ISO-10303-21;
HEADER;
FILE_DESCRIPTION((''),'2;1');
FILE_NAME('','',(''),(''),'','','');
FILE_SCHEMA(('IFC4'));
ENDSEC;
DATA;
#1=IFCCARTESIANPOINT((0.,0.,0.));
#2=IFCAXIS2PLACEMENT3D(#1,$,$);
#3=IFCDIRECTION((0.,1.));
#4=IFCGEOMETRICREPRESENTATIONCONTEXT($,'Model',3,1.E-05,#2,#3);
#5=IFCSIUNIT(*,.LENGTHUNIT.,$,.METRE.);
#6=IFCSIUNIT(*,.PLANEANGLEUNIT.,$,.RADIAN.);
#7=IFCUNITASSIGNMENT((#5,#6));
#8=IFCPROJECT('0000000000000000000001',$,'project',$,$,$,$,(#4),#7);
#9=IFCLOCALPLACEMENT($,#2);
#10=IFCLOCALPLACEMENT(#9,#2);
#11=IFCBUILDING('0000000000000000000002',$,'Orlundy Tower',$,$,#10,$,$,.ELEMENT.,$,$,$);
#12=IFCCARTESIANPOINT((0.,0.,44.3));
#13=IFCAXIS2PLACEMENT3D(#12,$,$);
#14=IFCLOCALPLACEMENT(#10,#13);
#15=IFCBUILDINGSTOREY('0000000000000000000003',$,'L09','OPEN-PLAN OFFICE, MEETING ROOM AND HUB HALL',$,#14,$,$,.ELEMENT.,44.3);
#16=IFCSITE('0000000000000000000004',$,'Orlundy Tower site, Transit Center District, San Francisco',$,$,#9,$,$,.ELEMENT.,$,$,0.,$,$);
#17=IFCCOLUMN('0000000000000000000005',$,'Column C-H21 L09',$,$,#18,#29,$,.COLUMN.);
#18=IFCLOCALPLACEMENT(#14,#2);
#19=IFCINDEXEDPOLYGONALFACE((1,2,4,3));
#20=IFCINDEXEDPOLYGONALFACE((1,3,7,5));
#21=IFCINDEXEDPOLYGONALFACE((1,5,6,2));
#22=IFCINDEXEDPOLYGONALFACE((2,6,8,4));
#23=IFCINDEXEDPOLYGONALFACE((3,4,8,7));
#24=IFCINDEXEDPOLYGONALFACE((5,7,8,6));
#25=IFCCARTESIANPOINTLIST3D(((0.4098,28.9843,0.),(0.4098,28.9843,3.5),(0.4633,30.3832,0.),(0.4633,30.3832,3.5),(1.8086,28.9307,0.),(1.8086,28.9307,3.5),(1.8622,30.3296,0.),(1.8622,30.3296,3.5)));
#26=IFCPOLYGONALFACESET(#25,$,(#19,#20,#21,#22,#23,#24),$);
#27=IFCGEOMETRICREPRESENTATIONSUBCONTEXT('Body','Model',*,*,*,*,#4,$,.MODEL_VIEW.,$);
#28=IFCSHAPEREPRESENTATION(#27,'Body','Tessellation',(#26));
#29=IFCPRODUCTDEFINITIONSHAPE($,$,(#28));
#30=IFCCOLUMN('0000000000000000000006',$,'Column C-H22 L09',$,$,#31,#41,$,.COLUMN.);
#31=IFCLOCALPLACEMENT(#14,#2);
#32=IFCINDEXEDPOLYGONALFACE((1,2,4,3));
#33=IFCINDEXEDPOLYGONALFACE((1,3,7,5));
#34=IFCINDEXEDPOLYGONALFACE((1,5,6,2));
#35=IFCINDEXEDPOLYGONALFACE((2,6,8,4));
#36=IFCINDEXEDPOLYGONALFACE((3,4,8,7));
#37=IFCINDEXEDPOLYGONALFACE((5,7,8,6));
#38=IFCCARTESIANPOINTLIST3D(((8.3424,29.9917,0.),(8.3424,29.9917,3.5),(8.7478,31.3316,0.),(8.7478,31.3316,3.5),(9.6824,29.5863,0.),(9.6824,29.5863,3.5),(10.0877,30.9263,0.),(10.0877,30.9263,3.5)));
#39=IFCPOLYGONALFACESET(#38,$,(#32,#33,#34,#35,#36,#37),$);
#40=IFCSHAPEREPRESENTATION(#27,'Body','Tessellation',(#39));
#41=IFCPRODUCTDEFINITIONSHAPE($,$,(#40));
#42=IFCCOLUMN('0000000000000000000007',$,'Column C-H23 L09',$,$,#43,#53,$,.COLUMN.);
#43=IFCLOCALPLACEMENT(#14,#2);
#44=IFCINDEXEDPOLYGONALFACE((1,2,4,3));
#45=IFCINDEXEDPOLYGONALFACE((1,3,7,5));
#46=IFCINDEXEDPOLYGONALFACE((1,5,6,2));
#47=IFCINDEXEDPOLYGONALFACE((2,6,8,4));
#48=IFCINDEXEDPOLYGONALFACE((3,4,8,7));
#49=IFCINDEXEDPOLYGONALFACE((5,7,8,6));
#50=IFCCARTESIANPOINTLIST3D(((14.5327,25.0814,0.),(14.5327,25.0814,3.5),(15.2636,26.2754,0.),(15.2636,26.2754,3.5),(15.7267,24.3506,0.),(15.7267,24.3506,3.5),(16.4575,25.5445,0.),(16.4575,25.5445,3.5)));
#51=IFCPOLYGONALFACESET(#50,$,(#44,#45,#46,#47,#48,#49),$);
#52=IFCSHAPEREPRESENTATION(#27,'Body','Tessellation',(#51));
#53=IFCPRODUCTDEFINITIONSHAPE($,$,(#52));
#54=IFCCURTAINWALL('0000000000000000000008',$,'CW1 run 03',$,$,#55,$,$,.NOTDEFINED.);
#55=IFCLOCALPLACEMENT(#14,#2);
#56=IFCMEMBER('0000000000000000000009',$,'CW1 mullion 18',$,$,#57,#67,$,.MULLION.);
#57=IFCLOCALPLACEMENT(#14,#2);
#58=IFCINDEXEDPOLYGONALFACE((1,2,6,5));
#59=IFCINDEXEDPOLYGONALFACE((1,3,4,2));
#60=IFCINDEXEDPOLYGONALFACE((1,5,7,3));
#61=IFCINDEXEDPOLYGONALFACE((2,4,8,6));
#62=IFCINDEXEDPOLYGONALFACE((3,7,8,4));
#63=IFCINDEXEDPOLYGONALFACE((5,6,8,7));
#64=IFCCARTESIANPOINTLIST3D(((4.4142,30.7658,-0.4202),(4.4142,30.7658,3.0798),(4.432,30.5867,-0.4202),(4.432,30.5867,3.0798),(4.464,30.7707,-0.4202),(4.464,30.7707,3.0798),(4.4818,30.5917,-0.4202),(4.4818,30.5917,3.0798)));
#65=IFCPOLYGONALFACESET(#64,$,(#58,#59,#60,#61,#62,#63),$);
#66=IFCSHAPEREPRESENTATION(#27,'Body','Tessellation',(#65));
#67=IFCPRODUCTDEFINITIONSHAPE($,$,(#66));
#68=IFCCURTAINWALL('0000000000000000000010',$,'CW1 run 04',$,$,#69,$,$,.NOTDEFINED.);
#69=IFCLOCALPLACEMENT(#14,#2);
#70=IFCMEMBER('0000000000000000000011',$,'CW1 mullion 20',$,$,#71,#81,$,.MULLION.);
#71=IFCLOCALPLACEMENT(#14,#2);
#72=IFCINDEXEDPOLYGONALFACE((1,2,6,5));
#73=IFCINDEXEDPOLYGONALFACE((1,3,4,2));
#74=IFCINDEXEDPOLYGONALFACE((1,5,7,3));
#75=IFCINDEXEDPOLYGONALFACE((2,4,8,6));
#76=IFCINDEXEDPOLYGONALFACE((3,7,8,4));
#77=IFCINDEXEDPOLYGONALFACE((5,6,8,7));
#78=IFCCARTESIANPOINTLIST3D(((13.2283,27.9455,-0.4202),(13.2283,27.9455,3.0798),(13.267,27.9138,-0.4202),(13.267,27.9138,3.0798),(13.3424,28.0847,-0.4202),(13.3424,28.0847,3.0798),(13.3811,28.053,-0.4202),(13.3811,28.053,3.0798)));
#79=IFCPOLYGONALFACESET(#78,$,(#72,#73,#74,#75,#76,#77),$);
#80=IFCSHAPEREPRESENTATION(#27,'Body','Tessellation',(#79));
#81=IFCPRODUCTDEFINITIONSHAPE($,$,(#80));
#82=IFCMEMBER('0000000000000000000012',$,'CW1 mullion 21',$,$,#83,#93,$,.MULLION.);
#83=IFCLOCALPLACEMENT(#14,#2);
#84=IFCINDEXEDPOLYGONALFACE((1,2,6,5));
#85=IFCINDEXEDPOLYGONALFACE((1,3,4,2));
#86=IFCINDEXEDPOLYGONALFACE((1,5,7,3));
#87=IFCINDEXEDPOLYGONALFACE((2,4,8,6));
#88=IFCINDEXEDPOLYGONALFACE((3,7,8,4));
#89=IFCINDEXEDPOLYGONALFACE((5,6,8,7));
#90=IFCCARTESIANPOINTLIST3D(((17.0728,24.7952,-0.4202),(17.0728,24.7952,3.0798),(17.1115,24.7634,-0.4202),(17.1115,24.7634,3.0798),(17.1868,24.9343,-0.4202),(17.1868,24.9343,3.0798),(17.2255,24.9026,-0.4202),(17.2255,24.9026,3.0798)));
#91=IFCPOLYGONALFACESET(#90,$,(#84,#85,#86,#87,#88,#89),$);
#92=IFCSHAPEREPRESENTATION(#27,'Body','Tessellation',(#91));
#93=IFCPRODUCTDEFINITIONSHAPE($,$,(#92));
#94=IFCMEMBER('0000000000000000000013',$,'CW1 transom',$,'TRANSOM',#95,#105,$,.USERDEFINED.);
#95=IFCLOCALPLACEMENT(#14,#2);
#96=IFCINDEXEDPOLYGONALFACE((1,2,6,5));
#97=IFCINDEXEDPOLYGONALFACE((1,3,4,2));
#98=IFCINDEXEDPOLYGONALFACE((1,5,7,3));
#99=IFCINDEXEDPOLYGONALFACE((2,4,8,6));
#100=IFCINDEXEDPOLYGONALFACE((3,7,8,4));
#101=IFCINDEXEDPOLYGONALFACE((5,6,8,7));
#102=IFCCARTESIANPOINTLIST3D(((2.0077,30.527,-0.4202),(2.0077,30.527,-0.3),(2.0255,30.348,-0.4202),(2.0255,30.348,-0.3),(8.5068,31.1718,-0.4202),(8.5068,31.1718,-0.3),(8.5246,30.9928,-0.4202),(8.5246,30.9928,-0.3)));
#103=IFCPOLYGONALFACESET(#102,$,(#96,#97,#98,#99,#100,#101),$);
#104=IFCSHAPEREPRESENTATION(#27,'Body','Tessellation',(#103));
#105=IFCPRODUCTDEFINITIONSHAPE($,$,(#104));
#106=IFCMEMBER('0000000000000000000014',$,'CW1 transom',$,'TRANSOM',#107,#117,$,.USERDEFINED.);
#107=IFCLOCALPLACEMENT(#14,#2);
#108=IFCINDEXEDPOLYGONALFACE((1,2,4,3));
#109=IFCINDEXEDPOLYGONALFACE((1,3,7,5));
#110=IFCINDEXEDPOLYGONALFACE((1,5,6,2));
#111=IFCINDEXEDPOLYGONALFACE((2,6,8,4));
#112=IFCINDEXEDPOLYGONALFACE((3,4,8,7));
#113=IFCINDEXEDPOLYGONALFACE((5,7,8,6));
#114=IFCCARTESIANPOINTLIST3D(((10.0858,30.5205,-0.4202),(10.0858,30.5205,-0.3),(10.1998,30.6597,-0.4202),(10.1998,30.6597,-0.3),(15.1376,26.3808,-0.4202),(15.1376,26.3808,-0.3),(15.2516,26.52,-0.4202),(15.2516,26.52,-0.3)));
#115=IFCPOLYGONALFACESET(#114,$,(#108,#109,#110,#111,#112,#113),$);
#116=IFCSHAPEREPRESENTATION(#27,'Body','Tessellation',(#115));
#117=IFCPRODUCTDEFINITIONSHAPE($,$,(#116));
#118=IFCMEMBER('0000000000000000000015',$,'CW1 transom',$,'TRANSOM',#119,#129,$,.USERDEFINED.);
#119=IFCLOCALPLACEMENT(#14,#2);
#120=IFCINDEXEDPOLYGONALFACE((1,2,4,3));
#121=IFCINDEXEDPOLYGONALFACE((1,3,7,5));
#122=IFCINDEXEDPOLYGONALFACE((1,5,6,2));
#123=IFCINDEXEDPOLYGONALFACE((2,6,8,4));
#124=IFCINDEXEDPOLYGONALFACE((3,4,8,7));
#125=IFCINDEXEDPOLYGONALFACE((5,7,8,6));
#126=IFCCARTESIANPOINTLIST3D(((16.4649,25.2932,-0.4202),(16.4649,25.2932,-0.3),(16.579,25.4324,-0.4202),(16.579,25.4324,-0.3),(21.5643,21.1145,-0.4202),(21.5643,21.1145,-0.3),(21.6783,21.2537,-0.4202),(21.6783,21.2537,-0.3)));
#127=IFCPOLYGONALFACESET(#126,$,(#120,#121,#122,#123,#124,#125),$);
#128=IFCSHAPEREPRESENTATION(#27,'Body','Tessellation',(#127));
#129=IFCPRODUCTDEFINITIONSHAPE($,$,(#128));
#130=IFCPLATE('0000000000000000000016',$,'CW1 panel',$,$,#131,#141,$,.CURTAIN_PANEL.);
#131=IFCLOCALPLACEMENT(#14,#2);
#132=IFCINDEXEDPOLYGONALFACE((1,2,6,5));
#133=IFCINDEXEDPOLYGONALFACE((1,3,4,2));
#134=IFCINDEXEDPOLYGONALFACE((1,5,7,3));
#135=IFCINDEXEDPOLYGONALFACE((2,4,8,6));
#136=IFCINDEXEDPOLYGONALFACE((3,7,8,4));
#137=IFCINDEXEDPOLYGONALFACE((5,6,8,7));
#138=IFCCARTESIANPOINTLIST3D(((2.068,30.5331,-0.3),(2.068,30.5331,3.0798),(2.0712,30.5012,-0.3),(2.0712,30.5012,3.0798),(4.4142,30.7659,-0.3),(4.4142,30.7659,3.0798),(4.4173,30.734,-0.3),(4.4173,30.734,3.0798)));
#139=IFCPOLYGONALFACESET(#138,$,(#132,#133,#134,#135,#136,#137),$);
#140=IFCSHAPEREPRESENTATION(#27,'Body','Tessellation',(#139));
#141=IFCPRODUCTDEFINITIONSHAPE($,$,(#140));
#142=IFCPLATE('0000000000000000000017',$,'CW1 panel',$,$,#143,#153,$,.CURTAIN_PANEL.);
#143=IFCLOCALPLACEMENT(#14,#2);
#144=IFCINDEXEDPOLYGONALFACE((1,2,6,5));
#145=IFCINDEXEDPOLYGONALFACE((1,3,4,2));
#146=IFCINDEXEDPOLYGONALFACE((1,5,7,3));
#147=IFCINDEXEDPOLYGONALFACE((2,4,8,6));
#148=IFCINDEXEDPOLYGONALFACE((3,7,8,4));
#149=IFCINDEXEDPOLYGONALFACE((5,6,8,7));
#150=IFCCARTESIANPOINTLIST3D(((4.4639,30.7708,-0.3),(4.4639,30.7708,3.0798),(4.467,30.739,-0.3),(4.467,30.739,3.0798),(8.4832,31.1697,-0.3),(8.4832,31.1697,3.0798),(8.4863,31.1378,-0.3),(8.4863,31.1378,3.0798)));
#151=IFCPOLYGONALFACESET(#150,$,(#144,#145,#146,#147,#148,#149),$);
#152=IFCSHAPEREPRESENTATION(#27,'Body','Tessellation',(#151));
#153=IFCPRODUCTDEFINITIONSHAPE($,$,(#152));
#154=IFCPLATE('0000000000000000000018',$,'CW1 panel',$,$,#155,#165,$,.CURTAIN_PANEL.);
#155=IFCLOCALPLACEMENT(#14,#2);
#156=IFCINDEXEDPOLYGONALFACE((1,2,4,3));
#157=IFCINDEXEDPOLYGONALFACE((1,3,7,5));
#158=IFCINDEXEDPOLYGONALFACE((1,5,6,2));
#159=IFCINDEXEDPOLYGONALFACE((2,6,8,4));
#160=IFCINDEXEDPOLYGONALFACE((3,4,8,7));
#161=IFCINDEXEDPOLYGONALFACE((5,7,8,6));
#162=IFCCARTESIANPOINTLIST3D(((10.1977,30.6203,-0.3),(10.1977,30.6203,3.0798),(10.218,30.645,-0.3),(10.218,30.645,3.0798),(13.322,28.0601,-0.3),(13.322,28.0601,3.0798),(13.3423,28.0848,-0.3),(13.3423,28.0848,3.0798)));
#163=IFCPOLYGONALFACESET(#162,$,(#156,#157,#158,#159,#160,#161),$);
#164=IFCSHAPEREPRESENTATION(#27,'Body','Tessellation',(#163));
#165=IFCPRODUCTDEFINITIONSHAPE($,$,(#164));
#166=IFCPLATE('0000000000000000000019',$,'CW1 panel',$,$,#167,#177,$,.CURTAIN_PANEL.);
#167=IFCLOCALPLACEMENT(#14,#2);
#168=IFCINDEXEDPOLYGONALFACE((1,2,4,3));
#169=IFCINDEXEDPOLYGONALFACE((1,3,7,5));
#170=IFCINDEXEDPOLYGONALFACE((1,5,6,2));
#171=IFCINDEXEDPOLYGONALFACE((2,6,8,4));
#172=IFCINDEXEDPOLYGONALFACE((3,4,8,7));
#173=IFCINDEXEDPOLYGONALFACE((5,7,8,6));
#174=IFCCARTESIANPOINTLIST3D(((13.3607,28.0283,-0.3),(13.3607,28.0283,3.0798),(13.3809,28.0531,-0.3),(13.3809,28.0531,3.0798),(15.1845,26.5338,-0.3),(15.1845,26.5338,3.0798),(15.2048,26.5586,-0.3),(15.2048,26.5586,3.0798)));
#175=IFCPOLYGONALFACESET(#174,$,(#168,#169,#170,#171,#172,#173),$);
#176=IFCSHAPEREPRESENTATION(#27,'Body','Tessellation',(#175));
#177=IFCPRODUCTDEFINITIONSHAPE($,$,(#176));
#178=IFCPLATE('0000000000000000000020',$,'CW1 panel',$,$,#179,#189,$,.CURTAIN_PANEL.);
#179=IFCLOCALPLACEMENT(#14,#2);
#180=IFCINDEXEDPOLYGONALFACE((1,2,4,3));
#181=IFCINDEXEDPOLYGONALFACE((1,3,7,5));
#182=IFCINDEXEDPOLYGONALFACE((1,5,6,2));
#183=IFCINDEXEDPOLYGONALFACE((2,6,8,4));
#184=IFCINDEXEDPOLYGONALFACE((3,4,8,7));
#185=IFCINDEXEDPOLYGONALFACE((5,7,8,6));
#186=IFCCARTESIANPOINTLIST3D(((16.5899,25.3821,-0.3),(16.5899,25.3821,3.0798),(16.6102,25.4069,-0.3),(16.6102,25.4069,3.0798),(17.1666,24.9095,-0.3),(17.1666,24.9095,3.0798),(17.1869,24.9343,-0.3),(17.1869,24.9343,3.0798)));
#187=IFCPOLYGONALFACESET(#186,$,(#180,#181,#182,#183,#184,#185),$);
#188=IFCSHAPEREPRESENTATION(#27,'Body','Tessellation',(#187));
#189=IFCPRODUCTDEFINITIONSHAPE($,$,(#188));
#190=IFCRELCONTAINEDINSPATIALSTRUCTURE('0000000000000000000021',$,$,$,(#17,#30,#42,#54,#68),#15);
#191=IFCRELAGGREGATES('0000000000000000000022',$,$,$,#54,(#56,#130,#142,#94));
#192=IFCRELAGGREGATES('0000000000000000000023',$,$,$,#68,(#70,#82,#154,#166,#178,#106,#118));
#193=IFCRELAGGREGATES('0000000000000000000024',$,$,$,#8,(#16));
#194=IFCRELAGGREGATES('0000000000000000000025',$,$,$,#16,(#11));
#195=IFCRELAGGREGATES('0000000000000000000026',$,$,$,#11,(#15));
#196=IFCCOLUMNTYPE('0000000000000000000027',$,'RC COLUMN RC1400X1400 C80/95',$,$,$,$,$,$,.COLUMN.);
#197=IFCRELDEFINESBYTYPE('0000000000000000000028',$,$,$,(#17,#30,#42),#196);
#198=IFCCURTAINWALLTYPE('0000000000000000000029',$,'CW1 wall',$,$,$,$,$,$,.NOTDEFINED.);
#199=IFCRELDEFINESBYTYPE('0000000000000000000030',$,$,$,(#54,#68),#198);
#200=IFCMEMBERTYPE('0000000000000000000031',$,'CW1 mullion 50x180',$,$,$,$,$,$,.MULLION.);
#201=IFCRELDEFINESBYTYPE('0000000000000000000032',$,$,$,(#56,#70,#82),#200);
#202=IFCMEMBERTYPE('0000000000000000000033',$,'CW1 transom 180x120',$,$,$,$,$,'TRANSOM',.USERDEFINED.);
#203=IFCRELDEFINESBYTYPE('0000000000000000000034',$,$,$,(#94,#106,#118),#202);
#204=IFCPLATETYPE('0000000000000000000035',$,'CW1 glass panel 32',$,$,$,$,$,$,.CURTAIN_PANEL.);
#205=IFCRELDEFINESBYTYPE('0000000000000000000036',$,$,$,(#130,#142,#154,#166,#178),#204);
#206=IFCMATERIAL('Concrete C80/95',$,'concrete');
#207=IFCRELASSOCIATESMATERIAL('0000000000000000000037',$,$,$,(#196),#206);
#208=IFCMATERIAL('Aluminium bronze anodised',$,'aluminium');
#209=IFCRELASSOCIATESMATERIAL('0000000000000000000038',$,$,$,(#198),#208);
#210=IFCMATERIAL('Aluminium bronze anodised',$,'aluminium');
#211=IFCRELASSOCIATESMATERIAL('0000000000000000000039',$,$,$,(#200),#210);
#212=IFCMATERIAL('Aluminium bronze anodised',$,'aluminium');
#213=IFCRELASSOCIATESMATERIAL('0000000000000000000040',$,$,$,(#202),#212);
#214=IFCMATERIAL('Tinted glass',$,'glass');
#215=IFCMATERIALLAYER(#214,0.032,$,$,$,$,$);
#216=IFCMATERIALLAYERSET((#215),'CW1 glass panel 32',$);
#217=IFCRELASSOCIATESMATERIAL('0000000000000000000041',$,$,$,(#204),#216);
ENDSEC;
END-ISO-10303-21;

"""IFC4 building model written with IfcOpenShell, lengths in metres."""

from ifc_helpers import new_model, si_unit, direction, frame, origin, origin_2d, place, context, subcontext, project, spatial, rectangle, extrude, material, layer, layer_set, material_profile, profile_set, type_object, element, aggregate, save


model = new_model("IFC4")

# Units and contexts
model_context = context("Model", 3, precision=1e-05, world=origin(), true_north=direction((0.0, 1.0)))
body_context = subcontext(model_context, "Body", "Model", "MODEL_VIEW")
ifc_project = project(units=[si_unit("LENGTHUNIT", "METRE"), si_unit("PLANEANGLEUNIT", "RADIAN")], contexts=[model_context])

# Site, building, storey
site_placement = place(None, origin())
site = spatial("IfcSite", under=ifc_project, at=site_placement, Name="Orlundy Tower site, Transit Center District, San Francisco", CompositionType="ELEMENT", RefElevation=0.0)
building_placement = place(site_placement, origin())
building = spatial("IfcBuilding", under=site, at=building_placement, Name="Orlundy Tower", CompositionType="ELEMENT")
storey_placement = place(building_placement, frame((0.0, 0.0, 44.3)))
storey = spatial("IfcBuildingStorey", under=building, at=storey_placement, Name="L09", Description="OPEN-PLAN OFFICE, MEETING ROOM AND HUB HALL", CompositionType="ELEMENT", Elevation=44.3)

# Columns
ifc_material_1 = material(Name="Concrete C80/95", Category="concrete")
ifc_material_profile_1 = material_profile(ifc_material_1, rectangle(XDim=1.3999, YDim=1.3999, at=origin_2d()), Name="RC1400X1400")
ifc_profile_set_1 = profile_set([ifc_material_profile_1], Name="Concrete C80/95")
column_type = type_object("IfcColumnType", Name="RC COLUMN RC1400X1400 C80/95", PredefinedType="COLUMN", material=ifc_profile_set_1)
for number, where, z_axis, x_axis, name in (
    (1, (1.136, 29.657, 0.0), (0.0, 0.0, 1.0), (0.038283, 0.999267, 0.0), "Column C-H21 L09"),
    (2, (9.2151, 30.459, 0.0), (0.0, 0.0, 1.0), (0.289583, 0.957153, 0.0), "Column C-H22 L09"),
    (3, (15.4951, 25.313, 0.0), (0.0, 0.0, 1.0), (0.522082, 0.852895, 0.0), "Column C-H23 L09"),
):
    element("IfcColumn", number, at=place(storey_placement, frame(where, z_axis=z_axis, x_axis=x_axis)), inside=storey, type_object=column_type, Name=name, PredefinedType="COLUMN", context=body_context, shape_type="SweptSolid", body=[
        extrude(rectangle(XDim=1.3999, YDim=1.3999, at=origin_2d()), origin(), (0.0, 0.0, 1.0), 3.5),
    ])

# Curtain wall, member
ifc_material_2 = material(Name="Aluminium bronze anodised", Category="aluminium")
curtain_wall_type = type_object("IfcCurtainWallType", Name="CW1 wall", PredefinedType="NOTDEFINED", material=ifc_material_2)
curtain_wall_1_placement = place(storey_placement, origin())
curtain_wall_1 = element("IfcCurtainWall", 4, at=curtain_wall_1_placement, inside=storey, type_object=curtain_wall_type, Name="CW1 run 03", PredefinedType="NOTDEFINED")
ifc_material_3 = material(Name="Aluminium bronze anodised", Category="aluminium")
ifc_material_profile_2 = material_profile(ifc_material_3, rectangle(XDim=0.1799, YDim=0.05, at=origin_2d()), Name="CW1 mullion 50x180")
ifc_profile_set_2 = profile_set([ifc_material_profile_2], Name="Aluminium bronze anodised")
member_type_1 = type_object("IfcMemberType", Name="CW1 mullion 50x180", PredefinedType="MULLION", material=ifc_profile_set_2)
member_1_placement = place(storey_placement, frame((4.448, 30.6787, -0.4202), z_axis=(0.0, 0.0, 1.0), x_axis=(-0.098743, 0.995113, 0.0)))
member_1 = element("IfcMember", 5, at=member_1_placement, type_object=member_type_1, Name="CW1 mullion 18", PredefinedType="MULLION", context=body_context, shape_type="SweptSolid", body=[
    extrude(rectangle(XDim=0.1799, YDim=0.05, at=origin_2d()), origin(), (0.0, 0.0, 1.0), 3.5),
])

# Curtain wall, members
curtain_wall_2_placement = place(storey_placement, origin())
curtain_wall_2 = element("IfcCurtainWall", 6, at=curtain_wall_2_placement, inside=storey, type_object=curtain_wall_type, Name="CW1 run 04", PredefinedType="NOTDEFINED")
member_2_placement = place(storey_placement, frame((13.3047, 27.9993, -0.4202), z_axis=(0.0, 0.0, 1.0), x_axis=(0.633818, 0.773482, 0.0)))
member_2 = element("IfcMember", 7, at=member_2_placement, type_object=member_type_1, Name="CW1 mullion 20", PredefinedType="MULLION", context=body_context, shape_type="SweptSolid", body=[
    extrude(rectangle(XDim=0.1799, YDim=0.05, at=origin_2d()), origin(), (0.0, 0.0, 1.0), 3.5),
])
member_3_placement = place(storey_placement, frame((17.1492, 24.8489, -0.4202), z_axis=(0.0, 0.0, 1.0), x_axis=(0.633818, 0.773482, 0.0)))
member_3 = element("IfcMember", 8, at=member_3_placement, type_object=member_type_1, Name="CW1 mullion 21", PredefinedType="MULLION", context=body_context, shape_type="SweptSolid", body=[
    extrude(rectangle(XDim=0.1799, YDim=0.05, at=origin_2d()), origin(), (0.0, 0.0, 1.0), 3.5),
])

# Members
ifc_material_4 = material(Name="Aluminium bronze anodised", Category="aluminium")
ifc_material_profile_3 = material_profile(ifc_material_4, rectangle(XDim=0.1799, YDim=0.1201, at=origin_2d()), Name="CW1 transom 180x120")
ifc_profile_set_3 = profile_set([ifc_material_profile_3], Name="Aluminium bronze anodised")
member_type_2 = type_object("IfcMemberType", Name="CW1 transom 180x120", ElementType="TRANSOM", PredefinedType="USERDEFINED", material=ifc_profile_set_3)
member_4_placement = place(storey_placement, frame((2.0166, 30.4375, -0.3601), z_axis=(0.995115, 0.098726, 0.0), x_axis=(-0.098726, 0.995115, 0.0)))
member_4 = element("IfcMember", 9, at=member_4_placement, type_object=member_type_2, Name="CW1 transom", ObjectType="TRANSOM", PredefinedType="USERDEFINED", context=body_context, shape_type="SweptSolid", body=[
    extrude(rectangle(XDim=0.1799, YDim=0.1201, at=origin_2d()), origin(), (0.0, 0.0, 1.0), 6.531),
])
member_5_placement = place(storey_placement, frame((10.1428, 30.5901, -0.3601), z_axis=(0.773477, -0.633824, 0.0), x_axis=(0.633824, 0.773477, 0.0)))
member_5 = element("IfcMember", 10, at=member_5_placement, type_object=member_type_2, Name="CW1 transom", ObjectType="TRANSOM", PredefinedType="USERDEFINED", context=body_context, shape_type="SweptSolid", body=[
    extrude(rectangle(XDim=0.1799, YDim=0.1201, at=origin_2d()), origin(), (0.0, 0.0, 1.0), 6.5312),
])
member_6_placement = place(storey_placement, frame((16.522, 25.3628, -0.3601), z_axis=(0.773474, -0.633828, 0.0), x_axis=(0.633828, 0.773474, 0.0)))
member_6 = element("IfcMember", 11, at=member_6_placement, type_object=member_type_2, Name="CW1 transom", ObjectType="TRANSOM", PredefinedType="USERDEFINED", context=body_context, shape_type="SweptSolid", body=[
    extrude(rectangle(XDim=0.1799, YDim=0.1201, at=origin_2d()), origin(), (0.0, 0.0, 1.0), 6.5928),
])

# Plates
ifc_material_5 = material(Name="Tinted glass", Category="glass")
ifc_layer = layer(ifc_material_5, 0.032)
ifc_layer_set = layer_set([ifc_layer], Name="CW1 glass panel 32")
plate_type = type_object("IfcPlateType", Name="CW1 glass panel 32", PredefinedType="CURTAIN_PANEL", material=ifc_layer_set)
plate_1_placement = place(storey_placement, frame((3.2427, 30.6335, -0.3), z_axis=(0.0, 0.0, 1.0), x_axis=(0.995113, 0.098743, 0.0)))
plate_1 = element("IfcPlate", 12, at=plate_1_placement, type_object=plate_type, Name="CW1 panel", PredefinedType="CURTAIN_PANEL", context=body_context, shape_type="SweptSolid", body=[
    extrude(rectangle(XDim=2.3577, YDim=0.032, at=origin_2d()), origin(), (0.0, 0.0, 1.0), 3.3799),
])
plate_2_placement = place(storey_placement, frame((6.4751, 30.9543, -0.3), z_axis=(0.0, 0.0, 1.0), x_axis=(0.995113, 0.098743, 0.0)))
plate_2 = element("IfcPlate", 13, at=plate_2_placement, type_object=plate_type, Name="CW1 panel", PredefinedType="CURTAIN_PANEL", context=body_context, shape_type="SweptSolid", body=[
    extrude(rectangle(XDim=4.0391, YDim=0.032, at=origin_2d()), origin(), (0.0, 0.0, 1.0), 3.3799),
])
aggregate(curtain_wall_1, [member_1, plate_1, plate_2, member_4])
plate_3_placement = place(storey_placement, frame((11.77, 29.3525, -0.3), z_axis=(0.0, 0.0, 1.0), x_axis=(0.773482, -0.633818, 0.0)))
plate_3 = element("IfcPlate", 14, at=plate_3_placement, type_object=plate_type, Name="CW1 panel", PredefinedType="CURTAIN_PANEL", context=body_context, shape_type="SweptSolid", body=[
    extrude(rectangle(XDim=4.0393, YDim=0.032, at=origin_2d()), origin(), (0.0, 0.0, 1.0), 3.3799),
])
plate_4_placement = place(storey_placement, frame((14.2827, 27.2935, -0.3), z_axis=(0.0, 0.0, 1.0), x_axis=(0.773482, -0.633818, 0.0)))
plate_4 = element("IfcPlate", 15, at=plate_4_placement, type_object=plate_type, Name="CW1 panel", PredefinedType="CURTAIN_PANEL", context=body_context, shape_type="SweptSolid", body=[
    extrude(rectangle(XDim=2.3579, YDim=0.032, at=origin_2d()), origin(), (0.0, 0.0, 1.0), 3.3799),
])
plate_5_placement = place(storey_placement, frame((16.8884, 25.1582, -0.3), z_axis=(0.0, 0.0, 1.0), x_axis=(0.773482, -0.633818, 0.0)))
plate_5 = element("IfcPlate", 16, at=plate_5_placement, type_object=plate_type, Name="CW1 panel", PredefinedType="CURTAIN_PANEL", context=body_context, shape_type="SweptSolid", body=[
    extrude(rectangle(XDim=0.7456, YDim=0.032, at=origin_2d()), origin(), (0.0, 0.0, 1.0), 3.3799),
])
aggregate(curtain_wall_2, [member_2, member_3, plate_3, plate_4, plate_5, member_5, member_6])

save(model, "model.ifc")
